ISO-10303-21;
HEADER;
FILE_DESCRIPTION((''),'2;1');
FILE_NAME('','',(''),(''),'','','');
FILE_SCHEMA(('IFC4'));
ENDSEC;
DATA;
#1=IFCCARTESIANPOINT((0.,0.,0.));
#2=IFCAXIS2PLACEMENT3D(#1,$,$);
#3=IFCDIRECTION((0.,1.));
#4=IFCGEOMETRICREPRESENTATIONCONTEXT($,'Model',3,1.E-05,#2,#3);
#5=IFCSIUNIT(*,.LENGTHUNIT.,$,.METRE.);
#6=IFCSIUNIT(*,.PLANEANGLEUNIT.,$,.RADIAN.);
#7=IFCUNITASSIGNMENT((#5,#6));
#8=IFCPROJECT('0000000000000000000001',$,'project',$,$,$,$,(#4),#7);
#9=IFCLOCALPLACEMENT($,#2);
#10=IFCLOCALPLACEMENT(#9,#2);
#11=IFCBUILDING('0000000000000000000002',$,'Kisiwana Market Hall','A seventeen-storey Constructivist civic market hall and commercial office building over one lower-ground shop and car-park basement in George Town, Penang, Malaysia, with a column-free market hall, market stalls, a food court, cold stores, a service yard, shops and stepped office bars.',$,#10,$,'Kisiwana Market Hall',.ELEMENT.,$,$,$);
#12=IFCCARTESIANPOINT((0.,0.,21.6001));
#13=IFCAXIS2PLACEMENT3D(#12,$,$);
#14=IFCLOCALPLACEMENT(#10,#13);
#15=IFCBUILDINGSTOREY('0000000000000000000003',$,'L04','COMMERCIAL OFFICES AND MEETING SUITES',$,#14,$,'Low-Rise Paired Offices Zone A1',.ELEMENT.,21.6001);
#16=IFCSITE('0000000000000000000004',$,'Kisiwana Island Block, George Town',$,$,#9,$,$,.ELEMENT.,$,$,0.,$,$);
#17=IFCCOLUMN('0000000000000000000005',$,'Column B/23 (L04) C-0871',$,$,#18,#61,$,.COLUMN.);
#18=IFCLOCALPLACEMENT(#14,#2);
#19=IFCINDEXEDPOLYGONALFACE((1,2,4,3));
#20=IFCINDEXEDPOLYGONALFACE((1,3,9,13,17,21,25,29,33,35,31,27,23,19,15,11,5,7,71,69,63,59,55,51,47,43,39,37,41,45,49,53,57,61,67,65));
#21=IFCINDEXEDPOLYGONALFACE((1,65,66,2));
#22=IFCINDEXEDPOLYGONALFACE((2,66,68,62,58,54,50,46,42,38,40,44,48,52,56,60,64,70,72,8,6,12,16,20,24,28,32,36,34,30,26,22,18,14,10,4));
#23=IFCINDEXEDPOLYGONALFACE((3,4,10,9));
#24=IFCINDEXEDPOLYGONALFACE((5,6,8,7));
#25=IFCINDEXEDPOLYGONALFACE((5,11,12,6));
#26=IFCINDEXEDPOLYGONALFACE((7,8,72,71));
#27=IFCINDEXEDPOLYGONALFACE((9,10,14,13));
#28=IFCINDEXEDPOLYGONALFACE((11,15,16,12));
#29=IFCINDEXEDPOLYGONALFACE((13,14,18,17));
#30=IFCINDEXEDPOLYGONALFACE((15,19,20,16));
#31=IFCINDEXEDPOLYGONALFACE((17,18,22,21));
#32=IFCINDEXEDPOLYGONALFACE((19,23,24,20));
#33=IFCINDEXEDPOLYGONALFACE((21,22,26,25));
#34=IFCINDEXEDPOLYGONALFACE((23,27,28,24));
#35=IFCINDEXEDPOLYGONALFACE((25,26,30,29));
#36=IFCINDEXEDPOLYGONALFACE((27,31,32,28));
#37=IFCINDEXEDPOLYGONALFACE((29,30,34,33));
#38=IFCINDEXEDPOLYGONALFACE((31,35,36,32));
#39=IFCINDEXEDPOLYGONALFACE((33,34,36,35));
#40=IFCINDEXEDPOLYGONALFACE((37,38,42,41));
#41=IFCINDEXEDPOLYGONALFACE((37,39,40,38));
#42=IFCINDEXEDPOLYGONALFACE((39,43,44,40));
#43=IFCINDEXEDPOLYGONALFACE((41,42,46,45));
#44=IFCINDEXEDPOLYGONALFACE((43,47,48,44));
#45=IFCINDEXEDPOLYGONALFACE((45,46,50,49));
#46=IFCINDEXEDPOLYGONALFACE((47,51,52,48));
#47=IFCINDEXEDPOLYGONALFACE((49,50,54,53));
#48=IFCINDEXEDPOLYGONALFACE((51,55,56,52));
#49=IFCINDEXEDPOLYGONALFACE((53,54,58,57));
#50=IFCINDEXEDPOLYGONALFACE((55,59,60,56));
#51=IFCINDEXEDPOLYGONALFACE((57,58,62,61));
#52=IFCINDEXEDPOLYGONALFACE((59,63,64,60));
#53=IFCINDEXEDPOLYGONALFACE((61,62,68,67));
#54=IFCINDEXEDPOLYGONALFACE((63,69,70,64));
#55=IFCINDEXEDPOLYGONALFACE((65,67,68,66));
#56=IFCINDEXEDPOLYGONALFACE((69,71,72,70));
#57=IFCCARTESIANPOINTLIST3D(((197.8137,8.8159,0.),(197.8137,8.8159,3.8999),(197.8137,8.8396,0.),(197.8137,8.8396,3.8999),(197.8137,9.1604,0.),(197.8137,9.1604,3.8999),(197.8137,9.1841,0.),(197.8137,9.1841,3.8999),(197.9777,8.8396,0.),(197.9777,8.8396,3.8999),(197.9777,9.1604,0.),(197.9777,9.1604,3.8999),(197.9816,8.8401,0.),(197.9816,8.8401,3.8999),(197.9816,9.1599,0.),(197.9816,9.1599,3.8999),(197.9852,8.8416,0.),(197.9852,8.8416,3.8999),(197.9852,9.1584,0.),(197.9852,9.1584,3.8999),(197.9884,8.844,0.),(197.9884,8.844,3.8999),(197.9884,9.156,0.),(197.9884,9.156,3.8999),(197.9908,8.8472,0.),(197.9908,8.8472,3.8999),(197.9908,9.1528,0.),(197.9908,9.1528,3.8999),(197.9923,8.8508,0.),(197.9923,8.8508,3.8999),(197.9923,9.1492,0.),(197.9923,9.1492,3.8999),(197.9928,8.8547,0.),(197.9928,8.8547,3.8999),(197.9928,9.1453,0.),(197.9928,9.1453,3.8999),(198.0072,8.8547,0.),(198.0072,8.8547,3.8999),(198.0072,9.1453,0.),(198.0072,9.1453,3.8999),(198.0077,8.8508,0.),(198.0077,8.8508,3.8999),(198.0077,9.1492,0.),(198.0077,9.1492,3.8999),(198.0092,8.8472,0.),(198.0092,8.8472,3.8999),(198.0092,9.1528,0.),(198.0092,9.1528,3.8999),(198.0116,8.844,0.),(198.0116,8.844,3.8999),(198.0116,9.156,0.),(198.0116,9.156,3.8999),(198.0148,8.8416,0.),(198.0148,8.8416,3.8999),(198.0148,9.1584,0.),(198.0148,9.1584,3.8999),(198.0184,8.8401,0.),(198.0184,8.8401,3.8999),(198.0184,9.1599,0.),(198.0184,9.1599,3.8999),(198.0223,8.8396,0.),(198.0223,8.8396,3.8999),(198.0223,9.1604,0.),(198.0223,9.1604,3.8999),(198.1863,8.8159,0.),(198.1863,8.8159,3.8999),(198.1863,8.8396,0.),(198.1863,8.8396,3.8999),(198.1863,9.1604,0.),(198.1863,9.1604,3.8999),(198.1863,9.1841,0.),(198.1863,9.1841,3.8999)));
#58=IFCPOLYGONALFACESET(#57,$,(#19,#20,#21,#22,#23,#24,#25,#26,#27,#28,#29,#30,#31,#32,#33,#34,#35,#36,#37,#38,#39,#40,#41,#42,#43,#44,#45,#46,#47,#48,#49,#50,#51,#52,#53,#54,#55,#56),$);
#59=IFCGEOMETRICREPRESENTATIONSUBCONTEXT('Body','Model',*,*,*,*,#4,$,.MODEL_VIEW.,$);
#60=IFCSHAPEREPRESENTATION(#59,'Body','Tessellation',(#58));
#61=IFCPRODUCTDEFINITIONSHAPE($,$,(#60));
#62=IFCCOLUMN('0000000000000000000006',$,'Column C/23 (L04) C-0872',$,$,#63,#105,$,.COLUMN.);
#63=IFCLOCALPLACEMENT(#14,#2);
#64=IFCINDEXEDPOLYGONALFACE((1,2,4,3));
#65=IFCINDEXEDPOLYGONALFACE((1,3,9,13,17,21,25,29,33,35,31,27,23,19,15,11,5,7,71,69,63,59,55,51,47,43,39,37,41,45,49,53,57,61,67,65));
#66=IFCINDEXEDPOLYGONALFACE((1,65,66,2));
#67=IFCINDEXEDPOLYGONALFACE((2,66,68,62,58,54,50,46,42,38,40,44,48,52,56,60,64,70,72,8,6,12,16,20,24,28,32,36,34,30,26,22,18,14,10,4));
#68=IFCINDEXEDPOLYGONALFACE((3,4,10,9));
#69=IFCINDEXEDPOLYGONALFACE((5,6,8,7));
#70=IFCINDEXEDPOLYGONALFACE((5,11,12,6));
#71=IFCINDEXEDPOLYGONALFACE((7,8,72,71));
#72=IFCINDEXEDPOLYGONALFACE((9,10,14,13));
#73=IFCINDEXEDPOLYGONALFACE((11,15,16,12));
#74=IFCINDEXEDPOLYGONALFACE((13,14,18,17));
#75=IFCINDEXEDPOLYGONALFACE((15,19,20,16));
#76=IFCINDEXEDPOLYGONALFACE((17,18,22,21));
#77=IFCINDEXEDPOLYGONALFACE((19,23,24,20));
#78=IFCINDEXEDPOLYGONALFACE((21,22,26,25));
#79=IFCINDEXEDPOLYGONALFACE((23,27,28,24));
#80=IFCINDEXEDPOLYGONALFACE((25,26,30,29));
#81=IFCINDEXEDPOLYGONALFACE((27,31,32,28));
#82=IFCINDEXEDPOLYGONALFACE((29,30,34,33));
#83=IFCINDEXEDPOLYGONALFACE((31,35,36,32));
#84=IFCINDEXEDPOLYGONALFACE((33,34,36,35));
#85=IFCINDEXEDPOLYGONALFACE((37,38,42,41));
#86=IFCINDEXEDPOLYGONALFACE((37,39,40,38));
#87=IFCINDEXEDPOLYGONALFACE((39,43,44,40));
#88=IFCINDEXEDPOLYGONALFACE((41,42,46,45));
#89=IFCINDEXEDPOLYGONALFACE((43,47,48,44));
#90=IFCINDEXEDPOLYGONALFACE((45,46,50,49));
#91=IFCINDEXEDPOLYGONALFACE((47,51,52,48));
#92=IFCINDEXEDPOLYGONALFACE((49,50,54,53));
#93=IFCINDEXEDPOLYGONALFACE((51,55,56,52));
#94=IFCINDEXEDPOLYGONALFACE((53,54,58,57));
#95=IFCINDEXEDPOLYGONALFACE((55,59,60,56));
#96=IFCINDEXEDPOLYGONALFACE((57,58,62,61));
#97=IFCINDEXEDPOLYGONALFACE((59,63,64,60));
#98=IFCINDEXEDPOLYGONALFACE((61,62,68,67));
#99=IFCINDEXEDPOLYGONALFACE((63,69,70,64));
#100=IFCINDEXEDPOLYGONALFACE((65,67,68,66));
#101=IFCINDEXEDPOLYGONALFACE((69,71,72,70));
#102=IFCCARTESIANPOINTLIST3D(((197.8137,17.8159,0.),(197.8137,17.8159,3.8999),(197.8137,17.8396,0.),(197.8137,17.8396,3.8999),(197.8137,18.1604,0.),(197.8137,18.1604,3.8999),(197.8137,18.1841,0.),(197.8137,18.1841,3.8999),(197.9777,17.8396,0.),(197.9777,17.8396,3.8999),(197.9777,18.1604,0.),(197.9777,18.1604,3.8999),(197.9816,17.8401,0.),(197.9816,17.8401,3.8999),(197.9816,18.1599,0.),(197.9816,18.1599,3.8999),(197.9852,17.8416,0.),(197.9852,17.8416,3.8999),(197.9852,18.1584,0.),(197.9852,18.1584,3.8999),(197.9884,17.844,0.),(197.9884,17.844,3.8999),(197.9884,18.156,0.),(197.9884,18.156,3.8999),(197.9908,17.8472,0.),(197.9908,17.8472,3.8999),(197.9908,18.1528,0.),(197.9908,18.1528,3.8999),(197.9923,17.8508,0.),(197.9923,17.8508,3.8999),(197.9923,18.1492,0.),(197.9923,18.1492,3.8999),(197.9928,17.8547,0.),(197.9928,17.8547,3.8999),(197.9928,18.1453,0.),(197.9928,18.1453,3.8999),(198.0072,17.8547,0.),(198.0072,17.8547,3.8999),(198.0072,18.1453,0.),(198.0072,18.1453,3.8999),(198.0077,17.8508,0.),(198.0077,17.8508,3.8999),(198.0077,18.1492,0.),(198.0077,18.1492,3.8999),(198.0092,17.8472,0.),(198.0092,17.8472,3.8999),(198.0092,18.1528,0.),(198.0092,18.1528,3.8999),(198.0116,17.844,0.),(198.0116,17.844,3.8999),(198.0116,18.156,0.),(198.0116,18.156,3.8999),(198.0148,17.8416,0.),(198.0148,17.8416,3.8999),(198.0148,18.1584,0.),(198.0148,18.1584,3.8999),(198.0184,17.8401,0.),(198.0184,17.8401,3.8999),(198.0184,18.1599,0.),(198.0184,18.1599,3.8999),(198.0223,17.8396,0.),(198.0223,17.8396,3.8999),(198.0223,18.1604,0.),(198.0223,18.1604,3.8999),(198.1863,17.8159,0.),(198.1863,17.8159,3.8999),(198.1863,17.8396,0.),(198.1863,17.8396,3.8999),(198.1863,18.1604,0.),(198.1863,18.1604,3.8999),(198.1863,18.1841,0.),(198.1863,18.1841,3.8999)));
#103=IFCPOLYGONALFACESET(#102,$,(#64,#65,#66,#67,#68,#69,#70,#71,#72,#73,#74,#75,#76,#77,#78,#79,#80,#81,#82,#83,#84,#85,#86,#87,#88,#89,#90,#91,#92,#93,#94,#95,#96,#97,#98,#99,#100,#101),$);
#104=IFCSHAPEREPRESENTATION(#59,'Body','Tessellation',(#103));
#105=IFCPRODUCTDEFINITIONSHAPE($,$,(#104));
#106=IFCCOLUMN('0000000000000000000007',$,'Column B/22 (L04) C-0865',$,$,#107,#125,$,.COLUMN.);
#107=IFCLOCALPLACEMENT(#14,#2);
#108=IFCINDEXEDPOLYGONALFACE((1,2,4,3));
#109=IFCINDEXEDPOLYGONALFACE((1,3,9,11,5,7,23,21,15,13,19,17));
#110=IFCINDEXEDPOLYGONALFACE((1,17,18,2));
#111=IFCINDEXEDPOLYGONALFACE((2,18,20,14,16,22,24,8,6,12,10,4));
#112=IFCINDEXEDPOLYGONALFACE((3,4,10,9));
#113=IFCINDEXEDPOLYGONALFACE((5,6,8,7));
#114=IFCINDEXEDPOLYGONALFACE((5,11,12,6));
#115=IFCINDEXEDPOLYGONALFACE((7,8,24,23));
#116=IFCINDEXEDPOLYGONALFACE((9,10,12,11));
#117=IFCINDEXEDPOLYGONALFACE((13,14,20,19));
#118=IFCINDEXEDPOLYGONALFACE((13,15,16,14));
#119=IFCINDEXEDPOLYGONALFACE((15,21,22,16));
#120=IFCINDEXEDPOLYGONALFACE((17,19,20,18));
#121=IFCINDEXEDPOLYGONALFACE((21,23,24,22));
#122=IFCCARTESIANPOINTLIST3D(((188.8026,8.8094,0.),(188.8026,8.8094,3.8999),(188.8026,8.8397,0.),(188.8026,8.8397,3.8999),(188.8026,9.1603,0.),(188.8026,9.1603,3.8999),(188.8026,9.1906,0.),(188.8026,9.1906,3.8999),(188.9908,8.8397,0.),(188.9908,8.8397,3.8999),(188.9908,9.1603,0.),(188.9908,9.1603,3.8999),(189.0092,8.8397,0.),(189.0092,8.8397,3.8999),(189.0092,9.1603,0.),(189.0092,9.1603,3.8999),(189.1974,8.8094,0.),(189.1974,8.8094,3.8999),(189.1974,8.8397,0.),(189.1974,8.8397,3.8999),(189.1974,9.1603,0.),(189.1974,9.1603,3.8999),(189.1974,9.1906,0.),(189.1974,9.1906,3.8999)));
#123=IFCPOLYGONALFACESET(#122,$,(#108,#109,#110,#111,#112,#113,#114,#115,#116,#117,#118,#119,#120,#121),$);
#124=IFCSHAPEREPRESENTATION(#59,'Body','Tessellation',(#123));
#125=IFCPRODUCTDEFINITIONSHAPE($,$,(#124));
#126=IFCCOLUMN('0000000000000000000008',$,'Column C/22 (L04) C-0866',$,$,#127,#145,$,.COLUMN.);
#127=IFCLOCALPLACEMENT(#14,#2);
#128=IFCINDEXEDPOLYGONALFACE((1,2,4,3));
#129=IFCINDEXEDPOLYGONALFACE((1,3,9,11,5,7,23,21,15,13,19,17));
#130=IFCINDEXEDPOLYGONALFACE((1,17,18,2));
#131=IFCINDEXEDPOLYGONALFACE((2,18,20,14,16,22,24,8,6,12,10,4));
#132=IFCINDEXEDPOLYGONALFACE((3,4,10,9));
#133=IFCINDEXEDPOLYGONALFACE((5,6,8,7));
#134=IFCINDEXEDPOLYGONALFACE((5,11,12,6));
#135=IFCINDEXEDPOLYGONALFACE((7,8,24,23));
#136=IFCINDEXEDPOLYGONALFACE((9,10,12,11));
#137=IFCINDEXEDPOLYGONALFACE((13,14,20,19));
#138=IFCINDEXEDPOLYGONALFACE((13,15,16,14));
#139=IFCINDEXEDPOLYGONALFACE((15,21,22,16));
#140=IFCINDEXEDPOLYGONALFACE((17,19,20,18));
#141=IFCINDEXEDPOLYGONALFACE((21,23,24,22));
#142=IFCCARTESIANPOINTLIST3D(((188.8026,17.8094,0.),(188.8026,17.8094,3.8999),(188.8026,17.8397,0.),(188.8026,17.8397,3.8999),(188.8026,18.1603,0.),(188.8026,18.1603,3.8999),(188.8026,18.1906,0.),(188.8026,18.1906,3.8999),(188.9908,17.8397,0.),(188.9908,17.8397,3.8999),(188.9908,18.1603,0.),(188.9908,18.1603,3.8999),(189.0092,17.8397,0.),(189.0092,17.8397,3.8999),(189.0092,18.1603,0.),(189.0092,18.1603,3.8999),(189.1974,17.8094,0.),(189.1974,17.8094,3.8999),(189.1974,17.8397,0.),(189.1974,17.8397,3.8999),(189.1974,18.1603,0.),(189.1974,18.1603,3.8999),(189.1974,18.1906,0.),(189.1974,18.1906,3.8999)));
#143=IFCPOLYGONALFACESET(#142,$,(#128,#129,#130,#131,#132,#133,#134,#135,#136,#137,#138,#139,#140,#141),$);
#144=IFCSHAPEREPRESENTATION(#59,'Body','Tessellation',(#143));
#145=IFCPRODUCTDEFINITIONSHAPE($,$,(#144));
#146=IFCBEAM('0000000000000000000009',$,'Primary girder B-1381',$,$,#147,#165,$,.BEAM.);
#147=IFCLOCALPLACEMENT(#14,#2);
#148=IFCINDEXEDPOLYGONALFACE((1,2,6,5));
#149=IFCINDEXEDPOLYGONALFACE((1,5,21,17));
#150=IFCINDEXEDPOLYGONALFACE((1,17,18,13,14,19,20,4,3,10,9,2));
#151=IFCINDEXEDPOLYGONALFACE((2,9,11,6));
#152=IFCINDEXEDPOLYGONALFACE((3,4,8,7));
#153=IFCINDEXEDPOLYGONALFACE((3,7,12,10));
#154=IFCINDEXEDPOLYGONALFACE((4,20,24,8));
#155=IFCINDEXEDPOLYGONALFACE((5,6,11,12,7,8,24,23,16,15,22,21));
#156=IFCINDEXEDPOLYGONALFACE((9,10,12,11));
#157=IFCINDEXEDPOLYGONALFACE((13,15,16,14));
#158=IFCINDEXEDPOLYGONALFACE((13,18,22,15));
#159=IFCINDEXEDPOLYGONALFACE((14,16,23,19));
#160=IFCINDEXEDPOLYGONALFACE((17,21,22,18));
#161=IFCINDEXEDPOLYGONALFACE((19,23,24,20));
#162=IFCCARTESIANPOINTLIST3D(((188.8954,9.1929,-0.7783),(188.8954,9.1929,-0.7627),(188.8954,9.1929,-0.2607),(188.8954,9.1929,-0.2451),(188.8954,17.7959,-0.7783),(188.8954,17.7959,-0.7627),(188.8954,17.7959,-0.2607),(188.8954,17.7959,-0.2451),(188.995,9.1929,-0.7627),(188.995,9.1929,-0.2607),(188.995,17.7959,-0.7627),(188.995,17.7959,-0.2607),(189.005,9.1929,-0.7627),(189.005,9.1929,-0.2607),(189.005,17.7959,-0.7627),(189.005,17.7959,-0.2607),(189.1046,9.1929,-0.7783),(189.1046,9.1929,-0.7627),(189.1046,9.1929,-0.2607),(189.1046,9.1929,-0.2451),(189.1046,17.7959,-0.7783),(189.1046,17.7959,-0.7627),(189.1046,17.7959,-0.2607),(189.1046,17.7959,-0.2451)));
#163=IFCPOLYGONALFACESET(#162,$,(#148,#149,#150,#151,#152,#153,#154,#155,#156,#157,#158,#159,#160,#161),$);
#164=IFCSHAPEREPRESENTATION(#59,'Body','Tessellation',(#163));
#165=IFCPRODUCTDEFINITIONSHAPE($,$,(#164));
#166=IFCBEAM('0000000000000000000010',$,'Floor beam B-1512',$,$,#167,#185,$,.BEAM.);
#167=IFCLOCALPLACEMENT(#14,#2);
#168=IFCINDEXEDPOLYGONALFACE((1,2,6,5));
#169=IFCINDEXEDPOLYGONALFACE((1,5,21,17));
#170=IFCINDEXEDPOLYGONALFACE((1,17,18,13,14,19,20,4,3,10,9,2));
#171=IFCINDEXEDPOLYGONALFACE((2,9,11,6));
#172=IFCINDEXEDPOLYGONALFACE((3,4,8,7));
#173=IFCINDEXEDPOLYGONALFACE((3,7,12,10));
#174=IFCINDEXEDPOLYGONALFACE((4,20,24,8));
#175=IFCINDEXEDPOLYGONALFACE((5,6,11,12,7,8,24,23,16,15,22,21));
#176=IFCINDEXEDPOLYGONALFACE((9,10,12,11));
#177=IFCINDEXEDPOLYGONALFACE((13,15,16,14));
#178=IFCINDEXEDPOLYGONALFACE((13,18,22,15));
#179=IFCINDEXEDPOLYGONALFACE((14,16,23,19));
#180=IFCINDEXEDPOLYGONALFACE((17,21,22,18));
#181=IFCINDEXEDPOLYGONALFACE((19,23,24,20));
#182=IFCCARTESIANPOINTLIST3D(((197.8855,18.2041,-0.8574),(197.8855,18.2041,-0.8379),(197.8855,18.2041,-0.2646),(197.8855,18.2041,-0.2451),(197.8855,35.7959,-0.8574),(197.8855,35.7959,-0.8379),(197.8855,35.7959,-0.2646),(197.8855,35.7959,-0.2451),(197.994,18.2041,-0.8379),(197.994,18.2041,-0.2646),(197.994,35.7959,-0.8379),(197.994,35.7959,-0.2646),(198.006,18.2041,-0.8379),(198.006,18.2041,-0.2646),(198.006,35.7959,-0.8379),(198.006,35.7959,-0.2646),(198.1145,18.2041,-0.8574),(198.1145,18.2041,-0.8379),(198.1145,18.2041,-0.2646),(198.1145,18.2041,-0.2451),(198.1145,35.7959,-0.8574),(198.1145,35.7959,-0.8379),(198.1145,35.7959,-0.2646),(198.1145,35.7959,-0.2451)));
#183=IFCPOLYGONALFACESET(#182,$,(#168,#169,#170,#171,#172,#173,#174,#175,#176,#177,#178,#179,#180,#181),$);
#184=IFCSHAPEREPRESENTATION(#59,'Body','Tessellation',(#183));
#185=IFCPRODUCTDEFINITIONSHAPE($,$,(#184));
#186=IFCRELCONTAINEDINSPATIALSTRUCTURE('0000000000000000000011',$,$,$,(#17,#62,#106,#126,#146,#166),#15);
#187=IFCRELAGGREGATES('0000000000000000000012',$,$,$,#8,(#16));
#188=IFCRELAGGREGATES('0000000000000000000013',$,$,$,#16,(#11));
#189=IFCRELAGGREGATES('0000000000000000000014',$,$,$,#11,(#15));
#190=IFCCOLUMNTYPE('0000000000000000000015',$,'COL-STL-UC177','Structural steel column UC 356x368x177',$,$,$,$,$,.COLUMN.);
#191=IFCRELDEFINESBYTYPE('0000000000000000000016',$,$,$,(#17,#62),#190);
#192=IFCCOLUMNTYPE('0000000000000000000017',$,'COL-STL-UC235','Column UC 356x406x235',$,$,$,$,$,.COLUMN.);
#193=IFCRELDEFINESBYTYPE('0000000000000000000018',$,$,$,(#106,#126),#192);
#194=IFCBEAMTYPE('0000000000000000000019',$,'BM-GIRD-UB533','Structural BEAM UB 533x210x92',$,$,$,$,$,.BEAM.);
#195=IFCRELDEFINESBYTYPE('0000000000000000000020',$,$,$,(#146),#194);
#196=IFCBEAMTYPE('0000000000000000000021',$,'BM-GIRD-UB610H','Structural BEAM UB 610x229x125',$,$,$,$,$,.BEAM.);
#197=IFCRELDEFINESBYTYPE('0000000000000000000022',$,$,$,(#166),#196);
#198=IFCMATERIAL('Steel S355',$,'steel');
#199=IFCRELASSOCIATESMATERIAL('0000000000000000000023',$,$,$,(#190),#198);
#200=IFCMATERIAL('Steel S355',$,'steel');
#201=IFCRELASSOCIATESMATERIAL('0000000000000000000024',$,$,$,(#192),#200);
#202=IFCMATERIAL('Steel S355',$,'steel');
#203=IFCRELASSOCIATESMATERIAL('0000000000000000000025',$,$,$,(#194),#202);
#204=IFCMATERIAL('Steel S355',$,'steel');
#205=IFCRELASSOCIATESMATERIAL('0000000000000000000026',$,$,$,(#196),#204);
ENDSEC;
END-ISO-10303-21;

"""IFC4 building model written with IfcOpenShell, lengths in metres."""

from ifc_helpers import new_model, si_unit, direction, frame, origin, origin_2d, place, context, subcontext, project, spatial, i_section, extrude, material, material_profile, profile_set, type_object, element, save


model = new_model("IFC4")

# Units and contexts
model_context = context("Model", 3, precision=1e-05, world=origin(), true_north=direction((0.0, 1.0)))
body_context = subcontext(model_context, "Body", "Model", "MODEL_VIEW")
ifc_project = project(units=[si_unit("LENGTHUNIT", "METRE"), si_unit("PLANEANGLEUNIT", "RADIAN")], contexts=[model_context])

# Site, building, storey
site_placement = place(None, origin())
site = spatial("IfcSite", under=ifc_project, at=site_placement, Name="Kisiwana Island Block, George Town", CompositionType="ELEMENT", RefElevation=0.0)
building_placement = place(site_placement, origin())
building = spatial("IfcBuilding", under=site, at=building_placement, Name="Kisiwana Market Hall", Description="A seventeen-storey Constructivist civic market hall and commercial office building over one lower-ground shop and car-park basement in George Town, Penang, Malaysia, with a column-free market hall, market stalls, a food court, cold stores, a service yard, shops and stepped office bars.", LongName="Kisiwana Market Hall", CompositionType="ELEMENT")
storey_placement = place(building_placement, frame((0.0, 0.0, 21.6001)))
storey = spatial("IfcBuildingStorey", under=building, at=storey_placement, Name="L04", Description="COMMERCIAL OFFICES AND MEETING SUITES", LongName="Low-Rise Paired Offices Zone A1", CompositionType="ELEMENT", Elevation=21.6001)

# Columns
ifc_material_1 = material(Name="Steel S355", Category="steel")
ifc_material_profile_1 = material_profile(ifc_material_1, i_section(OverallWidth=0.3726, OverallDepth=0.3682, WebThickness=0.0144, FlangeThickness=0.0237, FilletRadius=0.0151, at=origin_2d()), Name="UC 356x368x177")
ifc_profile_set_1 = profile_set([ifc_material_profile_1], Name="Steel S355")
column_type_1 = type_object("IfcColumnType", Name="COL-STL-UC177", Description="Structural steel column UC 356x368x177", PredefinedType="COLUMN", material=ifc_profile_set_1)
for number, where, z_axis, x_axis, name in (
    (1, (198.0, 9.0, 0.0), (0.0, 0.0, 1.0), (1.0, 0.0, 0.0), "Column B/23 (L04) C-0871"),
    (2, (198.0, 18.0, 0.0), (0.0, 0.0, 1.0), (1.0, 0.0, 0.0), "Column C/23 (L04) C-0872"),
):
    element("IfcColumn", number, at=place(storey_placement, frame(where, z_axis=z_axis, x_axis=x_axis)), inside=storey, type_object=column_type_1, Name=name, PredefinedType="COLUMN", context=body_context, shape_type="SweptSolid", body=[
        extrude(i_section(OverallWidth=0.3726, OverallDepth=0.3682, WebThickness=0.0144, FlangeThickness=0.0237, FilletRadius=0.0151, at=origin_2d()), origin(), (0.0, 0.0, 1.0), 3.8999),
    ])
ifc_material_2 = material(Name="Steel S355", Category="steel")
ifc_material_profile_2 = material_profile(ifc_material_2, i_section(OverallWidth=0.3948, OverallDepth=0.3811, WebThickness=0.0183, FlangeThickness=0.0303, at=origin_2d()), Name="UC 356x406x235")
ifc_profile_set_2 = profile_set([ifc_material_profile_2], Name="Steel S355")
column_type_2 = type_object("IfcColumnType", Name="COL-STL-UC235", Description="Column UC 356x406x235", PredefinedType="COLUMN", material=ifc_profile_set_2)
for number, where, z_axis, x_axis, name in (
    (3, (189.0, 9.0, 0.0), (0.0, 0.0, 1.0), (1.0, 0.0, 0.0), "Column B/22 (L04) C-0865"),
    (4, (189.0, 18.0, 0.0), (0.0, 0.0, 1.0), (1.0, 0.0, 0.0), "Column C/22 (L04) C-0866"),
):
    element("IfcColumn", number, at=place(storey_placement, frame(where, z_axis=z_axis, x_axis=x_axis)), inside=storey, type_object=column_type_2, Name=name, PredefinedType="COLUMN", context=body_context, shape_type="SweptSolid", body=[
        extrude(i_section(OverallWidth=0.3948, OverallDepth=0.3811, WebThickness=0.0183, FlangeThickness=0.0303, at=origin_2d()), origin(), (0.0, 0.0, 1.0), 3.8999),
    ])

# Beams
ifc_material_3 = material(Name="Steel S355", Category="steel")
ifc_material_profile_3 = material_profile(ifc_material_3, i_section(OverallWidth=0.2092, OverallDepth=0.5332, WebThickness=0.01, FlangeThickness=0.0156, at=origin_2d()), Name="UB 533x210x92")
ifc_profile_set_3 = profile_set([ifc_material_profile_3], Name="Steel S355")
beam_type_1 = type_object("IfcBeamType", Name="BM-GIRD-UB533", Description="Structural BEAM UB 533x210x92", PredefinedType="BEAM", material=ifc_profile_set_3)
beam_1_placement = place(storey_placement, frame((189.0, 9.1929, -0.5117), z_axis=(0.0, 1.0, 0.0), x_axis=(-1.0, 0.0, 0.0)))
element("IfcBeam", 5, at=beam_1_placement, inside=storey, type_object=beam_type_1, Name="Primary girder B-1381", PredefinedType="BEAM", context=body_context, shape_type="SweptSolid", body=[
    extrude(i_section(OverallWidth=0.2092, OverallDepth=0.5332, WebThickness=0.01, FlangeThickness=0.0156, at=origin_2d()), origin(), (0.0, 0.0, 1.0), 8.603),
])
ifc_material_4 = material(Name="Steel S355", Category="steel")
ifc_material_profile_4 = material_profile(ifc_material_4, i_section(OverallWidth=0.229, OverallDepth=0.6123, WebThickness=0.012, FlangeThickness=0.0195, at=origin_2d()), Name="UB 610x229x125")
ifc_profile_set_4 = profile_set([ifc_material_profile_4], Name="Steel S355")
beam_type_2 = type_object("IfcBeamType", Name="BM-GIRD-UB610H", Description="Structural BEAM UB 610x229x125", PredefinedType="BEAM", material=ifc_profile_set_4)
for number, where, z_axis, x_axis, name in (
    (6, (198.0, 18.2041, -0.5513), (0.0, 1.0, 0.0), (-1.0, 0.0, 0.0), "Floor beam B-1512"),
):
    element("IfcBeam", number, at=place(storey_placement, frame(where, z_axis=z_axis, x_axis=x_axis)), inside=storey, type_object=beam_type_2, Name=name, PredefinedType="BEAM", context=body_context, shape_type="SweptSolid", body=[
        extrude(i_section(OverallWidth=0.229, OverallDepth=0.6123, WebThickness=0.012, FlangeThickness=0.0195, at=origin_2d()), origin(), (0.0, 0.0, 1.0), 17.5918),
    ])

save(model, "model.ifc")
